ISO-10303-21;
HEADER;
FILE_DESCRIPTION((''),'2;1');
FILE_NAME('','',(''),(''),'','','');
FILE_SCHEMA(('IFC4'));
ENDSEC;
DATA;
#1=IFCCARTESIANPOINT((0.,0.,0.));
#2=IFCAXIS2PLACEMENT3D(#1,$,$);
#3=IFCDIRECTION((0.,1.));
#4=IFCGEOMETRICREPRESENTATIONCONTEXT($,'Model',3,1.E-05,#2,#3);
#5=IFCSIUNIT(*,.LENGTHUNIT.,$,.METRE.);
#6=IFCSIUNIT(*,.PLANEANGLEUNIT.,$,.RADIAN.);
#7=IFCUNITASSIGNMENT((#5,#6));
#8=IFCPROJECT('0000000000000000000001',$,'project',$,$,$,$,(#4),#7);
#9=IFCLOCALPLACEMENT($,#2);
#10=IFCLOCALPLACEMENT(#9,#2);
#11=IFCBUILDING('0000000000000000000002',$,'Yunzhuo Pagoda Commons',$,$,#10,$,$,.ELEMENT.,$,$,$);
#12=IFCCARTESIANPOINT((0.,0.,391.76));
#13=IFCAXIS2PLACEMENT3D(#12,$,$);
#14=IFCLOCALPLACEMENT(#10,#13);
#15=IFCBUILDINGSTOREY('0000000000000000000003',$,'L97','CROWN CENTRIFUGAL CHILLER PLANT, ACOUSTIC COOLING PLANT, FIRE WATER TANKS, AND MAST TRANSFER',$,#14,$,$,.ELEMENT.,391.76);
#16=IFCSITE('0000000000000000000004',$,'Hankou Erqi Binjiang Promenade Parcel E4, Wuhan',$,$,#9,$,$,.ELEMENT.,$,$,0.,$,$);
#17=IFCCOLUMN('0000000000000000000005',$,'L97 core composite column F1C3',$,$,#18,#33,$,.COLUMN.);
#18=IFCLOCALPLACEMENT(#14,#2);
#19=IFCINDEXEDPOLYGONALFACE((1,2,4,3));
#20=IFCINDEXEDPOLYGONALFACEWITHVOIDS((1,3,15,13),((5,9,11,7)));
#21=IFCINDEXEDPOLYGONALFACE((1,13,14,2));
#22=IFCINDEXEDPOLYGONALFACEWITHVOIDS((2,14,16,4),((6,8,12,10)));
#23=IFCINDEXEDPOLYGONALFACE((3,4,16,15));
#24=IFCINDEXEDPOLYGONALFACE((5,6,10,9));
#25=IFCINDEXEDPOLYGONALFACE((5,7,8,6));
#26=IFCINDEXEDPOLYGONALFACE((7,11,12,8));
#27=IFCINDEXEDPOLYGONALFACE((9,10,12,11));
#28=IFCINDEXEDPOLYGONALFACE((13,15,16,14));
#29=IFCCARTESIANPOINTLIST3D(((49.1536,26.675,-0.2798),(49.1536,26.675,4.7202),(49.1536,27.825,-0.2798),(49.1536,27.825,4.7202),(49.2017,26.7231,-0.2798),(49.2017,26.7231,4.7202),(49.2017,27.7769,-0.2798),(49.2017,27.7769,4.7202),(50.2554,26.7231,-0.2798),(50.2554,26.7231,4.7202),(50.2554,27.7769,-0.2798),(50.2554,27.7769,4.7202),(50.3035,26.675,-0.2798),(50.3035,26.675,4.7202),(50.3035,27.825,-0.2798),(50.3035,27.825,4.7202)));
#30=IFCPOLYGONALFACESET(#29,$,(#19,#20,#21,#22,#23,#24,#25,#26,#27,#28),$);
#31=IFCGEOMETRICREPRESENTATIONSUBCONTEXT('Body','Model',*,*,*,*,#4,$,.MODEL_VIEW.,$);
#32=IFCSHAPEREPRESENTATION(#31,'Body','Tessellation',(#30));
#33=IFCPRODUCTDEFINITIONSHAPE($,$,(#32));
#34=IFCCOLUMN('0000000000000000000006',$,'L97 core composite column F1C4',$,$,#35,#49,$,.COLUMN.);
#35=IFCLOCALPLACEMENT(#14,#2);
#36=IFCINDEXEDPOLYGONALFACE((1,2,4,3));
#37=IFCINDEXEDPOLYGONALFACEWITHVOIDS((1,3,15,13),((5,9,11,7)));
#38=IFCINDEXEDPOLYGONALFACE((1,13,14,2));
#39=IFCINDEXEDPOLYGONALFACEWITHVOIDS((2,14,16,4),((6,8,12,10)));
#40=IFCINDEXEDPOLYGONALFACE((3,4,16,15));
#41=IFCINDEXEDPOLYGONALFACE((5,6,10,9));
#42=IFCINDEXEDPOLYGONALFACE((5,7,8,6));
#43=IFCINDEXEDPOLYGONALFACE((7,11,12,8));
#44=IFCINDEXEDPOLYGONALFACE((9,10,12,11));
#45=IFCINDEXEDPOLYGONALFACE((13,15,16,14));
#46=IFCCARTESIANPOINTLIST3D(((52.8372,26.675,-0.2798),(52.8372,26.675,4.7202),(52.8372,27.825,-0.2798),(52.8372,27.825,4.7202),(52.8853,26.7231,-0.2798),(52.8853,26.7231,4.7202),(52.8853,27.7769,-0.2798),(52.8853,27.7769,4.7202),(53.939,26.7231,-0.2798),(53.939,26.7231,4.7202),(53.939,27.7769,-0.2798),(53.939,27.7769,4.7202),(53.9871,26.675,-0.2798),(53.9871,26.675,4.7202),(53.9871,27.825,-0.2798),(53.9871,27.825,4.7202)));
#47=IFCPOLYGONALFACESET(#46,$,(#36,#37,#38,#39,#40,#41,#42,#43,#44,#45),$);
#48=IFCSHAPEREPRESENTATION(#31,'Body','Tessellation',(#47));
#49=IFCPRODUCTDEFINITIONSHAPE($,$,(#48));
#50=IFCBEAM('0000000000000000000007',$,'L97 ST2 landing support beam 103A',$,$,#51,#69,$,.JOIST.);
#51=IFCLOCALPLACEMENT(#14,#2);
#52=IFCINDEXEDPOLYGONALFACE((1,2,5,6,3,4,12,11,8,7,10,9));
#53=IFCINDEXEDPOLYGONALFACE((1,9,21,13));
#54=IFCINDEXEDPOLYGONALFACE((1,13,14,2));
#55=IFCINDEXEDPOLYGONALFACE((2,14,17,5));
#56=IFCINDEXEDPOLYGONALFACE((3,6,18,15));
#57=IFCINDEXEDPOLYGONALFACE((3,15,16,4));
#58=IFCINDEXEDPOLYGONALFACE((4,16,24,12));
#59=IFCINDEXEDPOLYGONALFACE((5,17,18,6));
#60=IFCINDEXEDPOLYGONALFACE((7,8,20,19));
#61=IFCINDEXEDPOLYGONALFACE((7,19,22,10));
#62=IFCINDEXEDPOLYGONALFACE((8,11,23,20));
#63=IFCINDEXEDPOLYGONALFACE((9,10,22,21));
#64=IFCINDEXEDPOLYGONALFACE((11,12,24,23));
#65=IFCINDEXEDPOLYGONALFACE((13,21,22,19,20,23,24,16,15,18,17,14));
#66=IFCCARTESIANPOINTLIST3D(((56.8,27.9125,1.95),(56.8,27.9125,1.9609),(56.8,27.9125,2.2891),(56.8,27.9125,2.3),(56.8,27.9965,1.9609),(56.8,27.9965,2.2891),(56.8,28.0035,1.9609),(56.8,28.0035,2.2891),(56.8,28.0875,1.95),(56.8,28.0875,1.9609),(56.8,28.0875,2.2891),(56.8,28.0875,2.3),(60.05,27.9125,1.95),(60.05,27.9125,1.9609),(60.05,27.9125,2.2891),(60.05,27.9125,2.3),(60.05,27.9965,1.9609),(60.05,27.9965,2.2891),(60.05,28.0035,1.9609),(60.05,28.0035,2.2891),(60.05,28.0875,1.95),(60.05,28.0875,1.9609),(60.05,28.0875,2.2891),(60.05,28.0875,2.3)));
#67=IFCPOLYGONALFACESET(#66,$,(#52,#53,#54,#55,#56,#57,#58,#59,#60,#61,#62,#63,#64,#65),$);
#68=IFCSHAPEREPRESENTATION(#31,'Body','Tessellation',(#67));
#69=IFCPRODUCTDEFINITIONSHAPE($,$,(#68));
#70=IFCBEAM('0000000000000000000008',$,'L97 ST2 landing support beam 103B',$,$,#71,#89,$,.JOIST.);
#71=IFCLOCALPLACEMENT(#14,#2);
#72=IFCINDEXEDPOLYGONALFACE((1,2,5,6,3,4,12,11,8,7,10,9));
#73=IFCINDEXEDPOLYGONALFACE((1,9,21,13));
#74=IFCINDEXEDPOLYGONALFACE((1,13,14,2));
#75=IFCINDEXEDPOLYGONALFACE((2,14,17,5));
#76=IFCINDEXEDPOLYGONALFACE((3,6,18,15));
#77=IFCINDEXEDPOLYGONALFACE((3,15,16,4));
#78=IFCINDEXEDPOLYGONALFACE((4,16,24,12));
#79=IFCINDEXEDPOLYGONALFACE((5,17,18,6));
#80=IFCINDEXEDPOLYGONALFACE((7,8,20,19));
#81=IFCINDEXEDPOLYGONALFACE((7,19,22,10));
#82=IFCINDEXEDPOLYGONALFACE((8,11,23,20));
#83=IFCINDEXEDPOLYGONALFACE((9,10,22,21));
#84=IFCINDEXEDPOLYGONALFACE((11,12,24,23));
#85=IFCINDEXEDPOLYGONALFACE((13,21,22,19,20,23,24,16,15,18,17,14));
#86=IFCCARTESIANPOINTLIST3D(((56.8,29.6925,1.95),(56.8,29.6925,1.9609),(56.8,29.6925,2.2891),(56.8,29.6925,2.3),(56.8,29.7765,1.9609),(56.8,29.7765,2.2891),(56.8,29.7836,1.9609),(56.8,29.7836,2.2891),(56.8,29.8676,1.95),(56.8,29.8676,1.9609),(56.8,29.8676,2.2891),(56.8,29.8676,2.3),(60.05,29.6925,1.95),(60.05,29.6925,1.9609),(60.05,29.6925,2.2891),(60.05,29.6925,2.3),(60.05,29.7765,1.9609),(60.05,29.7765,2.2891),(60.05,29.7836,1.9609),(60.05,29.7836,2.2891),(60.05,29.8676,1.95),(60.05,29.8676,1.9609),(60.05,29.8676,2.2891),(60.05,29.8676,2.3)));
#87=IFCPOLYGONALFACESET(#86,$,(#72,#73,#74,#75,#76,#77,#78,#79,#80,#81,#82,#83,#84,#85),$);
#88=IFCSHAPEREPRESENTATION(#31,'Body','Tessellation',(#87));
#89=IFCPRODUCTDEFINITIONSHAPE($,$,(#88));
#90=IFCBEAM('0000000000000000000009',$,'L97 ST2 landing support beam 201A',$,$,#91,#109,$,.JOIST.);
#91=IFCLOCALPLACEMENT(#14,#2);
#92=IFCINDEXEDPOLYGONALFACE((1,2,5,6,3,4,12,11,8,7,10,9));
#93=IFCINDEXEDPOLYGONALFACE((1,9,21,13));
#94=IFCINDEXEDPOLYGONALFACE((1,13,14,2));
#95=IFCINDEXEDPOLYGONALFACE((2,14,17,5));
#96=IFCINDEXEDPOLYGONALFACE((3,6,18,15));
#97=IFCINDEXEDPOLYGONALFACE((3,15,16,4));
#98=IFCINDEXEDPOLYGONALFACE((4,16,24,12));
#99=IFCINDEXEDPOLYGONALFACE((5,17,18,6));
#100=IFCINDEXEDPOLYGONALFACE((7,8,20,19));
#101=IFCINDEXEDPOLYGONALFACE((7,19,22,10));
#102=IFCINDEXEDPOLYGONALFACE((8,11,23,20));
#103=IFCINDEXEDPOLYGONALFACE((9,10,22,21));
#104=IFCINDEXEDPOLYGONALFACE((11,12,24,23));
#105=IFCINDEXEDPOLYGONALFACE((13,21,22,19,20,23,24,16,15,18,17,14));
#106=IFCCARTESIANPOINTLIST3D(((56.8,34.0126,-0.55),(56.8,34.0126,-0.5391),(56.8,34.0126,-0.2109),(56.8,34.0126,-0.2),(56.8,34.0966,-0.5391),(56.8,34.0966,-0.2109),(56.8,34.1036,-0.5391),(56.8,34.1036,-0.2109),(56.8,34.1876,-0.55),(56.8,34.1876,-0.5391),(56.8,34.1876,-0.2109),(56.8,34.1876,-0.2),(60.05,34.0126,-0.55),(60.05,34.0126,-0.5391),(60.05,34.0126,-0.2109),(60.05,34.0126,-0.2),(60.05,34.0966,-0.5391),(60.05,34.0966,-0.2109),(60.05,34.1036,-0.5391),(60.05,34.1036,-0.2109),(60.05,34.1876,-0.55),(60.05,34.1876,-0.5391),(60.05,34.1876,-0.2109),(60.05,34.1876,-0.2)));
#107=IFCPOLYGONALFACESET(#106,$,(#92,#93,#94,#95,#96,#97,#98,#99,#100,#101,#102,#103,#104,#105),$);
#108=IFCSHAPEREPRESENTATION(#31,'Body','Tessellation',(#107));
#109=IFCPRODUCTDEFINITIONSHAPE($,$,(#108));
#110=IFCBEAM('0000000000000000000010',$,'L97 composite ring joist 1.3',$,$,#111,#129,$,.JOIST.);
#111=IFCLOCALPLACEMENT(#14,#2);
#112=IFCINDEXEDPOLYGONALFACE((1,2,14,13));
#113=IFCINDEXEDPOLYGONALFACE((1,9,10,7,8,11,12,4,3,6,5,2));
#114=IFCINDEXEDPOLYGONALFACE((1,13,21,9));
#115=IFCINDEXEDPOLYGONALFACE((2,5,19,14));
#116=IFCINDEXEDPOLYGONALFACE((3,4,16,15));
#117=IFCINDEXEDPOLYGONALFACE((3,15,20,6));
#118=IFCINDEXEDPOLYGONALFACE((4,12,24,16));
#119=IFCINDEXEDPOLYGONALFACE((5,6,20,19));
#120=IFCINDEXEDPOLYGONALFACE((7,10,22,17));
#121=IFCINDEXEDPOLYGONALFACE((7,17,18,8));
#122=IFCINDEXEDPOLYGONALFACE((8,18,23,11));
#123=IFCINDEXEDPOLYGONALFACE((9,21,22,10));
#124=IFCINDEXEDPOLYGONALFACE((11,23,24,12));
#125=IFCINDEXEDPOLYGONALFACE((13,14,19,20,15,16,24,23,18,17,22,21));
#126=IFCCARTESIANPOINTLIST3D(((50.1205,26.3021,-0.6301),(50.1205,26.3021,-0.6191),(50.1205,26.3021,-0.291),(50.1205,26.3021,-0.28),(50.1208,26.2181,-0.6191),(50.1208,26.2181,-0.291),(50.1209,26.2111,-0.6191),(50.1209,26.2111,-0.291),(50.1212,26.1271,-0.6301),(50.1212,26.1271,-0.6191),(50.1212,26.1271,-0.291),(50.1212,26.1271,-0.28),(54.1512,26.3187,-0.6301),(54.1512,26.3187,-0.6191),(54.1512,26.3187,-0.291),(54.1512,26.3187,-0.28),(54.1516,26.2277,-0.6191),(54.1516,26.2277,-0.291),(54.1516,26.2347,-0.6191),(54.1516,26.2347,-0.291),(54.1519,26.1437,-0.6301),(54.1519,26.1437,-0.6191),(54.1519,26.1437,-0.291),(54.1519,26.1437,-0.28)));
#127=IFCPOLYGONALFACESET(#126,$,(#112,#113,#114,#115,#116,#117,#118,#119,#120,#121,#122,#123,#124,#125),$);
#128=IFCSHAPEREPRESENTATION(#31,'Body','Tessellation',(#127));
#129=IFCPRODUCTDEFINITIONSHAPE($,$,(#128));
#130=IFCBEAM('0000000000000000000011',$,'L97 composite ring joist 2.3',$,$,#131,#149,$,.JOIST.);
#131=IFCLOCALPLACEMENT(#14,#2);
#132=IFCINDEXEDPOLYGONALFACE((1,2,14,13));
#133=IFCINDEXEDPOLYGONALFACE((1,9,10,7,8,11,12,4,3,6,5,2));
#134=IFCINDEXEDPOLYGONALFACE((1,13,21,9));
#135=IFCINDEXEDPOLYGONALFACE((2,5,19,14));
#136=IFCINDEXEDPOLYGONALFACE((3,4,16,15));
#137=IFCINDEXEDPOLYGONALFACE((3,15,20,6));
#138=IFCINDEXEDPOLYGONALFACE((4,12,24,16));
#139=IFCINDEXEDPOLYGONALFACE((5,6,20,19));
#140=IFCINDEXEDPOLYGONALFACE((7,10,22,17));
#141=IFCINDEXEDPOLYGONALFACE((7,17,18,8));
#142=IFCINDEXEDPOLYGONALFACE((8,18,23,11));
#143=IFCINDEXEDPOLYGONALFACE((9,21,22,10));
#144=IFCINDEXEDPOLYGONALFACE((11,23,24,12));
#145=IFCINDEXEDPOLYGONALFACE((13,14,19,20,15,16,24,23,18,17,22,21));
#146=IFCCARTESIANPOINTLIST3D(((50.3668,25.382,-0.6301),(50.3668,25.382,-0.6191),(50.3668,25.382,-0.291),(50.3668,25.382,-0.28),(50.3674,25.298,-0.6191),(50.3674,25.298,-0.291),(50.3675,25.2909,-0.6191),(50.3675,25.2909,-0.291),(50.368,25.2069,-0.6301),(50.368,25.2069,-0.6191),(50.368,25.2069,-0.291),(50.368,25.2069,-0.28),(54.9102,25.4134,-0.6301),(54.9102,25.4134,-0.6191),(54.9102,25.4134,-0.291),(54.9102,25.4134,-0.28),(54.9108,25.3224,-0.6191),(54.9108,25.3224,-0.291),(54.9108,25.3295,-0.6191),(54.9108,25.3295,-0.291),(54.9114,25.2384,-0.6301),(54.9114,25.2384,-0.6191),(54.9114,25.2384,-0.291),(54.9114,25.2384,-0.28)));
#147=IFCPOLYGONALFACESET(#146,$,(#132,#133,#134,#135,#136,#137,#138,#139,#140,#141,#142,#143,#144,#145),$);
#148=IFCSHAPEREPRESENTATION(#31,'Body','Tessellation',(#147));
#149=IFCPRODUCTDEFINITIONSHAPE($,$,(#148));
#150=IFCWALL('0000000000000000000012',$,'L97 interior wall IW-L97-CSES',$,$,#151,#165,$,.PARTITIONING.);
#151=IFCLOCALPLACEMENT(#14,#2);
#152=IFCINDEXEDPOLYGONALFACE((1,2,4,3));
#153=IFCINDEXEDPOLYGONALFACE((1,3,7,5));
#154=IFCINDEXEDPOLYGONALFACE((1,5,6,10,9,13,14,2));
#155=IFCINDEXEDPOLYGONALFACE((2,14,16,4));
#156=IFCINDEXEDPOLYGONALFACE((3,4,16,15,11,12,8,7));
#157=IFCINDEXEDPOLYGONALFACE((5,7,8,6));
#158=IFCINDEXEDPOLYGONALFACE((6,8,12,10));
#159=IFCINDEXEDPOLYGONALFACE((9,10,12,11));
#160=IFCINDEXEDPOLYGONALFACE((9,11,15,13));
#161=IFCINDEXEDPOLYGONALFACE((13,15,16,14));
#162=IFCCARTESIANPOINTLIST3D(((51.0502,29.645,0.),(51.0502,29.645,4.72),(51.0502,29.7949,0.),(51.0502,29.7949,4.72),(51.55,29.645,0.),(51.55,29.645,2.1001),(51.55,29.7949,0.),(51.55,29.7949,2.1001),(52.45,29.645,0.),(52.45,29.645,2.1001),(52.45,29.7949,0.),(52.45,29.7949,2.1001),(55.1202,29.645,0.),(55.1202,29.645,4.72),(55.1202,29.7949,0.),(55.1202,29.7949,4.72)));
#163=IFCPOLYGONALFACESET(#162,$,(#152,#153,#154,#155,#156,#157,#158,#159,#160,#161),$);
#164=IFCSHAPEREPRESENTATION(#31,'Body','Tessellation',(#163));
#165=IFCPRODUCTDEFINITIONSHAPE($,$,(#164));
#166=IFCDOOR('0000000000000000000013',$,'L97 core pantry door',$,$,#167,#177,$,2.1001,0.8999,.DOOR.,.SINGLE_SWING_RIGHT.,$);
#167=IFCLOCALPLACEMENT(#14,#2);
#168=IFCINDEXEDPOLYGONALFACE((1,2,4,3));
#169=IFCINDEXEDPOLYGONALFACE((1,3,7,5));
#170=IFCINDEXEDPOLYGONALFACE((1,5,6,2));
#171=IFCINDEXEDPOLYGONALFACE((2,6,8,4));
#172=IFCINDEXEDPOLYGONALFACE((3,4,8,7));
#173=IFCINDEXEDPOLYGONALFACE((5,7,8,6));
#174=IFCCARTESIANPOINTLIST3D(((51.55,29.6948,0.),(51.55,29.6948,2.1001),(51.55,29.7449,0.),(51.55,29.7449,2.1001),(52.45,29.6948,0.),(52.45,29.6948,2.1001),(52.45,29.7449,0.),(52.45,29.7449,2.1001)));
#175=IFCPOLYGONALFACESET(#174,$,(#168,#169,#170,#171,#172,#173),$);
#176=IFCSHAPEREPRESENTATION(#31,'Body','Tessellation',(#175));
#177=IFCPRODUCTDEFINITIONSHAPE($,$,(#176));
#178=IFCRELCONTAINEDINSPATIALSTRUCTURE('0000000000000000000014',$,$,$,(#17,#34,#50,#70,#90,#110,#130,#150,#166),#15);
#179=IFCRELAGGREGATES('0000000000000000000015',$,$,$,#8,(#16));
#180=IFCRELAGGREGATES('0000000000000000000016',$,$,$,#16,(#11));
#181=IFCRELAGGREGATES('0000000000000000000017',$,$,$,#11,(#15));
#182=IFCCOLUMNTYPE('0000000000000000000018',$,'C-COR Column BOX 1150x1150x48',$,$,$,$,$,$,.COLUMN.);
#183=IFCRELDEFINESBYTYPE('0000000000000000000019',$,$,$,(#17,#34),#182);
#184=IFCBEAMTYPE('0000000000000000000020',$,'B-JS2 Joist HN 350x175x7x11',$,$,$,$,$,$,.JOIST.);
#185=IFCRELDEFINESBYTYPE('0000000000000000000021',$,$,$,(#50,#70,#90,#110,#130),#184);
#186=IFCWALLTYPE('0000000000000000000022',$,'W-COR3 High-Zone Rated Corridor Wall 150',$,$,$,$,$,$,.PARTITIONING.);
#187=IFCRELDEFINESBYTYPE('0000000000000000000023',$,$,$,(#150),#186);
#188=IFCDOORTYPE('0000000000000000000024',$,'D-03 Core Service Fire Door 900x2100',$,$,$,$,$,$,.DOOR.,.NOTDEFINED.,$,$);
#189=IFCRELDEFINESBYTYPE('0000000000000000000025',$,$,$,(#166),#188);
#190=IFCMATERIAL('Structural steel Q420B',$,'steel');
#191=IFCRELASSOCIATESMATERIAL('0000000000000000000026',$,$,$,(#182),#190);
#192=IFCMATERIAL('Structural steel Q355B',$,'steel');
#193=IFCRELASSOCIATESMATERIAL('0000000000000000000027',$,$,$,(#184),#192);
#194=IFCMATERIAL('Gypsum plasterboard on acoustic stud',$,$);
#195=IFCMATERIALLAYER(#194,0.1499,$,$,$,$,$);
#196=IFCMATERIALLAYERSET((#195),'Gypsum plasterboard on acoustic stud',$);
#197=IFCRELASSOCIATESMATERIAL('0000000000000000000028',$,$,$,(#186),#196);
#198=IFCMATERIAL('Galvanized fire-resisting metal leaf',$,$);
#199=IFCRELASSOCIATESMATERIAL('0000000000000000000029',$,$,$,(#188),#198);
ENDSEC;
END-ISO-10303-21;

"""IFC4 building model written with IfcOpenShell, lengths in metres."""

from ifc_helpers import new_model, si_unit, direction, frame, frame_2d, origin, origin_with_axes, origin_2d, place, context, subcontext, project, spatial, rectangle, hollow_rectangle, i_section, extrude, source, transform, mapped, material, layer, layer_set, material_profile, profile_set, type_object, element, fill, save


model = new_model("IFC4")

# Units and contexts
model_context = context("Model", 3, precision=1e-05, world=origin(), true_north=direction((0.0, 1.0)))
body_context = subcontext(model_context, "Body", "Model", "MODEL_VIEW")
ifc_project = project(units=[si_unit("LENGTHUNIT", "METRE"), si_unit("PLANEANGLEUNIT", "RADIAN")], contexts=[model_context])

# Site, building, storey
site_placement = place(None, origin())
site = spatial("IfcSite", under=ifc_project, at=site_placement, Name="Hankou Erqi Binjiang Promenade Parcel E4, Wuhan", CompositionType="ELEMENT", RefElevation=0.0)
building_placement = place(site_placement, origin())
building = spatial("IfcBuilding", under=site, at=building_placement, Name="Yunzhuo Pagoda Commons", CompositionType="ELEMENT")
storey_placement = place(building_placement, frame((0.0, 0.0, 391.76)))
storey = spatial("IfcBuildingStorey", under=building, at=storey_placement, Name="L97", Description="CROWN CENTRIFUGAL CHILLER PLANT, ACOUSTIC COOLING PLANT, FIRE WATER TANKS, AND MAST TRANSFER", CompositionType="ELEMENT", Elevation=391.76)

# Columns
ifc_material_1 = material(Name="Structural steel Q420B", Category="steel")
ifc_material_profile_1 = material_profile(ifc_material_1, hollow_rectangle(XDim=1.1499, YDim=1.1499, WallThickness=0.0481, at=origin_2d()), Name="Structural steel Q420B")
ifc_profile_set_1 = profile_set([ifc_material_profile_1], Name="Structural steel Q420B")
column_type = type_object("IfcColumnType", Name="C-COR Column BOX 1150x1150x48", PredefinedType="COLUMN", material=ifc_profile_set_1)
shared_shape_1 = source(origin(), body_context, "Body", "SweptSolid", [
    extrude(hollow_rectangle(XDim=1.1499, YDim=1.1499, WallThickness=0.0481, at=origin_2d()), origin(), (0.0, 0.0, 1.0), 5.0),
])
for number, where, z_axis, x_axis, name in (
    (1, (49.7285, 27.25, -0.2798), (0.0, 0.0, 1.0), (1.0, 0.0, 0.0), "L97 core composite column F1C3"),
    (2, (53.4121, 27.25, -0.2798), (0.0, 0.0, 1.0), (1.0, 0.0, 0.0), "L97 core composite column F1C4"),
):
    element("IfcColumn", number, at=place(storey_placement, frame(where, z_axis=z_axis, x_axis=x_axis)), inside=storey, type_object=column_type, Name=name, PredefinedType="COLUMN", context=body_context, shape_type="MappedRepresentation", body=[
        mapped(shared_shape_1, transform((0.0, 0.0, 0.0), scale=1.0)),
    ])

# Beams
ifc_material_2 = material(Name="Structural steel Q355B", Category="steel")
ifc_material_profile_2 = material_profile(ifc_material_2, i_section(OverallWidth=0.175, OverallDepth=0.3501, WebThickness=0.0071, FlangeThickness=0.011, at=origin_2d()), Name="Structural steel Q355B")
ifc_profile_set_2 = profile_set([ifc_material_profile_2], Name="Structural steel Q355B")
beam_type = type_object("IfcBeamType", Name="B-JS2 Joist HN 350x175x7x11", PredefinedType="JOIST", material=ifc_profile_set_2)
shared_shape_2 = source(origin(), body_context, "Body", "SweptSolid", [
    extrude(i_section(OverallWidth=0.175, OverallDepth=0.3501, WebThickness=0.0071, FlangeThickness=0.011, at=origin_2d()), origin(), (0.0, 0.0, 1.0), 3.25),
])
for number, where, z_axis, x_axis, name in (
    (3, (56.8, 28.0, 2.125), (1.0, 0.0, 0.0), (0.0, 1.0, 0.0), "L97 ST2 landing support beam 103A"),
    (4, (56.8, 29.78, 2.125), (1.0, 0.0, 0.0), (0.0, 1.0, 0.0), "L97 ST2 landing support beam 103B"),
    (5, (56.8, 34.1001, -0.375), (1.0, 0.0, 0.0), (0.0, 1.0, 0.0), "L97 ST2 landing support beam 201A"),
):
    element("IfcBeam", number, at=place(storey_placement, frame(where, z_axis=z_axis, x_axis=x_axis)), inside=storey, type_object=beam_type, Name=name, PredefinedType="JOIST", context=body_context, shape_type="MappedRepresentation", body=[
        mapped(shared_shape_2, transform((0.0, 0.0, 0.0), scale=1.0)),
    ])
shared_shape_3 = source(origin(), body_context, "Body", "SweptSolid", [
    extrude(i_section(OverallWidth=0.175, OverallDepth=0.3501, WebThickness=0.0071, FlangeThickness=0.011, at=origin_2d()), origin(), (0.0, 0.0, 1.0), 4.0308),
])
beam_1_placement = place(storey_placement, frame((50.1208, 26.2146, -0.4551), z_axis=(0.999992, 0.004119, 0.0), x_axis=(-0.004119, 0.999992, 0.0)))
element("IfcBeam", 6, at=beam_1_placement, inside=storey, type_object=beam_type, Name="L97 composite ring joist 1.3", PredefinedType="JOIST", context=body_context, shape_type="MappedRepresentation", body=[
    mapped(shared_shape_3, transform((0.0, 0.0, 0.0), scale=1.0)),
])
shared_shape_4 = source(origin(), body_context, "Body", "SweptSolid", [
    extrude(i_section(OverallWidth=0.175, OverallDepth=0.3501, WebThickness=0.0071, FlangeThickness=0.011, at=origin_2d()), origin(), (0.0, 0.0, 1.0), 4.5435),
])
beam_2_placement = place(storey_placement, frame((50.3674, 25.2944, -0.4551), z_axis=(0.999976, 0.006932, 0.0), x_axis=(-0.006932, 0.999976, 0.0)))
element("IfcBeam", 7, at=beam_2_placement, inside=storey, type_object=beam_type, Name="L97 composite ring joist 2.3", PredefinedType="JOIST", context=body_context, shape_type="MappedRepresentation", body=[
    mapped(shared_shape_4, transform((0.0, 0.0, 0.0), scale=1.0)),
])

# Wall, opening, door
ifc_material_3 = material(Name="Gypsum plasterboard on acoustic stud")
ifc_layer_1 = layer(ifc_material_3, 0.1499)
ifc_layer_set_1 = layer_set([ifc_layer_1], Name="Gypsum plasterboard on acoustic stud")
wall_type_1 = type_object("IfcWallType", Name="W-COR3 High-Zone Rated Corridor Wall 150", PredefinedType="PARTITIONING", material=ifc_layer_set_1)
wall_1_placement = place(storey_placement, frame((51.05, 29.72, 0.0), z_axis=(0.0, 0.0, 1.0), x_axis=(1.0, 0.0, 0.0)))
wall_1 = element("IfcWall", 8, at=wall_1_placement, inside=storey, type_object=wall_type_1, Name="L97 interior wall IW-L97-CSES", PredefinedType="PARTITIONING", context=body_context, shape_type="SweptSolid", body=[
    extrude(rectangle(XDim=4.0701, YDim=0.1499, at=frame_2d((2.0352, 0.0))), origin(), (0.0, 0.0, 1.0), 4.72),
])
opening_1_placement = place(wall_1_placement, frame((0.5, 0.0, 0.0)))
opening_1 = element("IfcOpeningElement", 9, at=opening_1_placement, cuts=wall_1, PredefinedType="OPENING", context=body_context, shape_type="SweptSolid", body=[
    extrude(rectangle(XDim=0.8999, YDim=2.1001, at=frame_2d((0.45, 1.05))), frame((0.0, 0.085, 0.0), z_axis=(0.0, -1.0, 0.0), x_axis=(1.0, 0.0, 0.0)), (0.0, 0.0, 1.0), 0.1699),
])
ifc_material_4 = material(Name="Galvanized fire-resisting metal leaf")
door_type_1 = type_object("IfcDoorType", Name="D-03 Core Service Fire Door 900x2100", OperationType="NOTDEFINED", PredefinedType="DOOR", material=ifc_material_4)
shared_shape_5 = source(origin(), body_context, "Body", "SweptSolid", [
    extrude(rectangle(XDim=0.8999, YDim=2.1001, at=frame_2d((0.45, 1.05))), frame((0.0, 0.0249, 0.0), z_axis=(0.0, -1.0, 0.0), x_axis=(1.0, 0.0, 0.0)), (0.0, 0.0, 1.0), 0.05),
])
door_1_placement = place(opening_1_placement, origin_with_axes())
door_1 = element("IfcDoor", 10, at=door_1_placement, inside=storey, type_object=door_type_1, Name="L97 core pantry door", OperationType="SINGLE_SWING_RIGHT", OverallHeight=2.1001, OverallWidth=0.8999, PredefinedType="DOOR", context=body_context, shape_type="MappedRepresentation", body=[
    mapped(shared_shape_5, transform((0.0, 0.0, 0.0), scale=1.0)),
])
fill(opening_1, door_1)

save(model, "model.ifc")
